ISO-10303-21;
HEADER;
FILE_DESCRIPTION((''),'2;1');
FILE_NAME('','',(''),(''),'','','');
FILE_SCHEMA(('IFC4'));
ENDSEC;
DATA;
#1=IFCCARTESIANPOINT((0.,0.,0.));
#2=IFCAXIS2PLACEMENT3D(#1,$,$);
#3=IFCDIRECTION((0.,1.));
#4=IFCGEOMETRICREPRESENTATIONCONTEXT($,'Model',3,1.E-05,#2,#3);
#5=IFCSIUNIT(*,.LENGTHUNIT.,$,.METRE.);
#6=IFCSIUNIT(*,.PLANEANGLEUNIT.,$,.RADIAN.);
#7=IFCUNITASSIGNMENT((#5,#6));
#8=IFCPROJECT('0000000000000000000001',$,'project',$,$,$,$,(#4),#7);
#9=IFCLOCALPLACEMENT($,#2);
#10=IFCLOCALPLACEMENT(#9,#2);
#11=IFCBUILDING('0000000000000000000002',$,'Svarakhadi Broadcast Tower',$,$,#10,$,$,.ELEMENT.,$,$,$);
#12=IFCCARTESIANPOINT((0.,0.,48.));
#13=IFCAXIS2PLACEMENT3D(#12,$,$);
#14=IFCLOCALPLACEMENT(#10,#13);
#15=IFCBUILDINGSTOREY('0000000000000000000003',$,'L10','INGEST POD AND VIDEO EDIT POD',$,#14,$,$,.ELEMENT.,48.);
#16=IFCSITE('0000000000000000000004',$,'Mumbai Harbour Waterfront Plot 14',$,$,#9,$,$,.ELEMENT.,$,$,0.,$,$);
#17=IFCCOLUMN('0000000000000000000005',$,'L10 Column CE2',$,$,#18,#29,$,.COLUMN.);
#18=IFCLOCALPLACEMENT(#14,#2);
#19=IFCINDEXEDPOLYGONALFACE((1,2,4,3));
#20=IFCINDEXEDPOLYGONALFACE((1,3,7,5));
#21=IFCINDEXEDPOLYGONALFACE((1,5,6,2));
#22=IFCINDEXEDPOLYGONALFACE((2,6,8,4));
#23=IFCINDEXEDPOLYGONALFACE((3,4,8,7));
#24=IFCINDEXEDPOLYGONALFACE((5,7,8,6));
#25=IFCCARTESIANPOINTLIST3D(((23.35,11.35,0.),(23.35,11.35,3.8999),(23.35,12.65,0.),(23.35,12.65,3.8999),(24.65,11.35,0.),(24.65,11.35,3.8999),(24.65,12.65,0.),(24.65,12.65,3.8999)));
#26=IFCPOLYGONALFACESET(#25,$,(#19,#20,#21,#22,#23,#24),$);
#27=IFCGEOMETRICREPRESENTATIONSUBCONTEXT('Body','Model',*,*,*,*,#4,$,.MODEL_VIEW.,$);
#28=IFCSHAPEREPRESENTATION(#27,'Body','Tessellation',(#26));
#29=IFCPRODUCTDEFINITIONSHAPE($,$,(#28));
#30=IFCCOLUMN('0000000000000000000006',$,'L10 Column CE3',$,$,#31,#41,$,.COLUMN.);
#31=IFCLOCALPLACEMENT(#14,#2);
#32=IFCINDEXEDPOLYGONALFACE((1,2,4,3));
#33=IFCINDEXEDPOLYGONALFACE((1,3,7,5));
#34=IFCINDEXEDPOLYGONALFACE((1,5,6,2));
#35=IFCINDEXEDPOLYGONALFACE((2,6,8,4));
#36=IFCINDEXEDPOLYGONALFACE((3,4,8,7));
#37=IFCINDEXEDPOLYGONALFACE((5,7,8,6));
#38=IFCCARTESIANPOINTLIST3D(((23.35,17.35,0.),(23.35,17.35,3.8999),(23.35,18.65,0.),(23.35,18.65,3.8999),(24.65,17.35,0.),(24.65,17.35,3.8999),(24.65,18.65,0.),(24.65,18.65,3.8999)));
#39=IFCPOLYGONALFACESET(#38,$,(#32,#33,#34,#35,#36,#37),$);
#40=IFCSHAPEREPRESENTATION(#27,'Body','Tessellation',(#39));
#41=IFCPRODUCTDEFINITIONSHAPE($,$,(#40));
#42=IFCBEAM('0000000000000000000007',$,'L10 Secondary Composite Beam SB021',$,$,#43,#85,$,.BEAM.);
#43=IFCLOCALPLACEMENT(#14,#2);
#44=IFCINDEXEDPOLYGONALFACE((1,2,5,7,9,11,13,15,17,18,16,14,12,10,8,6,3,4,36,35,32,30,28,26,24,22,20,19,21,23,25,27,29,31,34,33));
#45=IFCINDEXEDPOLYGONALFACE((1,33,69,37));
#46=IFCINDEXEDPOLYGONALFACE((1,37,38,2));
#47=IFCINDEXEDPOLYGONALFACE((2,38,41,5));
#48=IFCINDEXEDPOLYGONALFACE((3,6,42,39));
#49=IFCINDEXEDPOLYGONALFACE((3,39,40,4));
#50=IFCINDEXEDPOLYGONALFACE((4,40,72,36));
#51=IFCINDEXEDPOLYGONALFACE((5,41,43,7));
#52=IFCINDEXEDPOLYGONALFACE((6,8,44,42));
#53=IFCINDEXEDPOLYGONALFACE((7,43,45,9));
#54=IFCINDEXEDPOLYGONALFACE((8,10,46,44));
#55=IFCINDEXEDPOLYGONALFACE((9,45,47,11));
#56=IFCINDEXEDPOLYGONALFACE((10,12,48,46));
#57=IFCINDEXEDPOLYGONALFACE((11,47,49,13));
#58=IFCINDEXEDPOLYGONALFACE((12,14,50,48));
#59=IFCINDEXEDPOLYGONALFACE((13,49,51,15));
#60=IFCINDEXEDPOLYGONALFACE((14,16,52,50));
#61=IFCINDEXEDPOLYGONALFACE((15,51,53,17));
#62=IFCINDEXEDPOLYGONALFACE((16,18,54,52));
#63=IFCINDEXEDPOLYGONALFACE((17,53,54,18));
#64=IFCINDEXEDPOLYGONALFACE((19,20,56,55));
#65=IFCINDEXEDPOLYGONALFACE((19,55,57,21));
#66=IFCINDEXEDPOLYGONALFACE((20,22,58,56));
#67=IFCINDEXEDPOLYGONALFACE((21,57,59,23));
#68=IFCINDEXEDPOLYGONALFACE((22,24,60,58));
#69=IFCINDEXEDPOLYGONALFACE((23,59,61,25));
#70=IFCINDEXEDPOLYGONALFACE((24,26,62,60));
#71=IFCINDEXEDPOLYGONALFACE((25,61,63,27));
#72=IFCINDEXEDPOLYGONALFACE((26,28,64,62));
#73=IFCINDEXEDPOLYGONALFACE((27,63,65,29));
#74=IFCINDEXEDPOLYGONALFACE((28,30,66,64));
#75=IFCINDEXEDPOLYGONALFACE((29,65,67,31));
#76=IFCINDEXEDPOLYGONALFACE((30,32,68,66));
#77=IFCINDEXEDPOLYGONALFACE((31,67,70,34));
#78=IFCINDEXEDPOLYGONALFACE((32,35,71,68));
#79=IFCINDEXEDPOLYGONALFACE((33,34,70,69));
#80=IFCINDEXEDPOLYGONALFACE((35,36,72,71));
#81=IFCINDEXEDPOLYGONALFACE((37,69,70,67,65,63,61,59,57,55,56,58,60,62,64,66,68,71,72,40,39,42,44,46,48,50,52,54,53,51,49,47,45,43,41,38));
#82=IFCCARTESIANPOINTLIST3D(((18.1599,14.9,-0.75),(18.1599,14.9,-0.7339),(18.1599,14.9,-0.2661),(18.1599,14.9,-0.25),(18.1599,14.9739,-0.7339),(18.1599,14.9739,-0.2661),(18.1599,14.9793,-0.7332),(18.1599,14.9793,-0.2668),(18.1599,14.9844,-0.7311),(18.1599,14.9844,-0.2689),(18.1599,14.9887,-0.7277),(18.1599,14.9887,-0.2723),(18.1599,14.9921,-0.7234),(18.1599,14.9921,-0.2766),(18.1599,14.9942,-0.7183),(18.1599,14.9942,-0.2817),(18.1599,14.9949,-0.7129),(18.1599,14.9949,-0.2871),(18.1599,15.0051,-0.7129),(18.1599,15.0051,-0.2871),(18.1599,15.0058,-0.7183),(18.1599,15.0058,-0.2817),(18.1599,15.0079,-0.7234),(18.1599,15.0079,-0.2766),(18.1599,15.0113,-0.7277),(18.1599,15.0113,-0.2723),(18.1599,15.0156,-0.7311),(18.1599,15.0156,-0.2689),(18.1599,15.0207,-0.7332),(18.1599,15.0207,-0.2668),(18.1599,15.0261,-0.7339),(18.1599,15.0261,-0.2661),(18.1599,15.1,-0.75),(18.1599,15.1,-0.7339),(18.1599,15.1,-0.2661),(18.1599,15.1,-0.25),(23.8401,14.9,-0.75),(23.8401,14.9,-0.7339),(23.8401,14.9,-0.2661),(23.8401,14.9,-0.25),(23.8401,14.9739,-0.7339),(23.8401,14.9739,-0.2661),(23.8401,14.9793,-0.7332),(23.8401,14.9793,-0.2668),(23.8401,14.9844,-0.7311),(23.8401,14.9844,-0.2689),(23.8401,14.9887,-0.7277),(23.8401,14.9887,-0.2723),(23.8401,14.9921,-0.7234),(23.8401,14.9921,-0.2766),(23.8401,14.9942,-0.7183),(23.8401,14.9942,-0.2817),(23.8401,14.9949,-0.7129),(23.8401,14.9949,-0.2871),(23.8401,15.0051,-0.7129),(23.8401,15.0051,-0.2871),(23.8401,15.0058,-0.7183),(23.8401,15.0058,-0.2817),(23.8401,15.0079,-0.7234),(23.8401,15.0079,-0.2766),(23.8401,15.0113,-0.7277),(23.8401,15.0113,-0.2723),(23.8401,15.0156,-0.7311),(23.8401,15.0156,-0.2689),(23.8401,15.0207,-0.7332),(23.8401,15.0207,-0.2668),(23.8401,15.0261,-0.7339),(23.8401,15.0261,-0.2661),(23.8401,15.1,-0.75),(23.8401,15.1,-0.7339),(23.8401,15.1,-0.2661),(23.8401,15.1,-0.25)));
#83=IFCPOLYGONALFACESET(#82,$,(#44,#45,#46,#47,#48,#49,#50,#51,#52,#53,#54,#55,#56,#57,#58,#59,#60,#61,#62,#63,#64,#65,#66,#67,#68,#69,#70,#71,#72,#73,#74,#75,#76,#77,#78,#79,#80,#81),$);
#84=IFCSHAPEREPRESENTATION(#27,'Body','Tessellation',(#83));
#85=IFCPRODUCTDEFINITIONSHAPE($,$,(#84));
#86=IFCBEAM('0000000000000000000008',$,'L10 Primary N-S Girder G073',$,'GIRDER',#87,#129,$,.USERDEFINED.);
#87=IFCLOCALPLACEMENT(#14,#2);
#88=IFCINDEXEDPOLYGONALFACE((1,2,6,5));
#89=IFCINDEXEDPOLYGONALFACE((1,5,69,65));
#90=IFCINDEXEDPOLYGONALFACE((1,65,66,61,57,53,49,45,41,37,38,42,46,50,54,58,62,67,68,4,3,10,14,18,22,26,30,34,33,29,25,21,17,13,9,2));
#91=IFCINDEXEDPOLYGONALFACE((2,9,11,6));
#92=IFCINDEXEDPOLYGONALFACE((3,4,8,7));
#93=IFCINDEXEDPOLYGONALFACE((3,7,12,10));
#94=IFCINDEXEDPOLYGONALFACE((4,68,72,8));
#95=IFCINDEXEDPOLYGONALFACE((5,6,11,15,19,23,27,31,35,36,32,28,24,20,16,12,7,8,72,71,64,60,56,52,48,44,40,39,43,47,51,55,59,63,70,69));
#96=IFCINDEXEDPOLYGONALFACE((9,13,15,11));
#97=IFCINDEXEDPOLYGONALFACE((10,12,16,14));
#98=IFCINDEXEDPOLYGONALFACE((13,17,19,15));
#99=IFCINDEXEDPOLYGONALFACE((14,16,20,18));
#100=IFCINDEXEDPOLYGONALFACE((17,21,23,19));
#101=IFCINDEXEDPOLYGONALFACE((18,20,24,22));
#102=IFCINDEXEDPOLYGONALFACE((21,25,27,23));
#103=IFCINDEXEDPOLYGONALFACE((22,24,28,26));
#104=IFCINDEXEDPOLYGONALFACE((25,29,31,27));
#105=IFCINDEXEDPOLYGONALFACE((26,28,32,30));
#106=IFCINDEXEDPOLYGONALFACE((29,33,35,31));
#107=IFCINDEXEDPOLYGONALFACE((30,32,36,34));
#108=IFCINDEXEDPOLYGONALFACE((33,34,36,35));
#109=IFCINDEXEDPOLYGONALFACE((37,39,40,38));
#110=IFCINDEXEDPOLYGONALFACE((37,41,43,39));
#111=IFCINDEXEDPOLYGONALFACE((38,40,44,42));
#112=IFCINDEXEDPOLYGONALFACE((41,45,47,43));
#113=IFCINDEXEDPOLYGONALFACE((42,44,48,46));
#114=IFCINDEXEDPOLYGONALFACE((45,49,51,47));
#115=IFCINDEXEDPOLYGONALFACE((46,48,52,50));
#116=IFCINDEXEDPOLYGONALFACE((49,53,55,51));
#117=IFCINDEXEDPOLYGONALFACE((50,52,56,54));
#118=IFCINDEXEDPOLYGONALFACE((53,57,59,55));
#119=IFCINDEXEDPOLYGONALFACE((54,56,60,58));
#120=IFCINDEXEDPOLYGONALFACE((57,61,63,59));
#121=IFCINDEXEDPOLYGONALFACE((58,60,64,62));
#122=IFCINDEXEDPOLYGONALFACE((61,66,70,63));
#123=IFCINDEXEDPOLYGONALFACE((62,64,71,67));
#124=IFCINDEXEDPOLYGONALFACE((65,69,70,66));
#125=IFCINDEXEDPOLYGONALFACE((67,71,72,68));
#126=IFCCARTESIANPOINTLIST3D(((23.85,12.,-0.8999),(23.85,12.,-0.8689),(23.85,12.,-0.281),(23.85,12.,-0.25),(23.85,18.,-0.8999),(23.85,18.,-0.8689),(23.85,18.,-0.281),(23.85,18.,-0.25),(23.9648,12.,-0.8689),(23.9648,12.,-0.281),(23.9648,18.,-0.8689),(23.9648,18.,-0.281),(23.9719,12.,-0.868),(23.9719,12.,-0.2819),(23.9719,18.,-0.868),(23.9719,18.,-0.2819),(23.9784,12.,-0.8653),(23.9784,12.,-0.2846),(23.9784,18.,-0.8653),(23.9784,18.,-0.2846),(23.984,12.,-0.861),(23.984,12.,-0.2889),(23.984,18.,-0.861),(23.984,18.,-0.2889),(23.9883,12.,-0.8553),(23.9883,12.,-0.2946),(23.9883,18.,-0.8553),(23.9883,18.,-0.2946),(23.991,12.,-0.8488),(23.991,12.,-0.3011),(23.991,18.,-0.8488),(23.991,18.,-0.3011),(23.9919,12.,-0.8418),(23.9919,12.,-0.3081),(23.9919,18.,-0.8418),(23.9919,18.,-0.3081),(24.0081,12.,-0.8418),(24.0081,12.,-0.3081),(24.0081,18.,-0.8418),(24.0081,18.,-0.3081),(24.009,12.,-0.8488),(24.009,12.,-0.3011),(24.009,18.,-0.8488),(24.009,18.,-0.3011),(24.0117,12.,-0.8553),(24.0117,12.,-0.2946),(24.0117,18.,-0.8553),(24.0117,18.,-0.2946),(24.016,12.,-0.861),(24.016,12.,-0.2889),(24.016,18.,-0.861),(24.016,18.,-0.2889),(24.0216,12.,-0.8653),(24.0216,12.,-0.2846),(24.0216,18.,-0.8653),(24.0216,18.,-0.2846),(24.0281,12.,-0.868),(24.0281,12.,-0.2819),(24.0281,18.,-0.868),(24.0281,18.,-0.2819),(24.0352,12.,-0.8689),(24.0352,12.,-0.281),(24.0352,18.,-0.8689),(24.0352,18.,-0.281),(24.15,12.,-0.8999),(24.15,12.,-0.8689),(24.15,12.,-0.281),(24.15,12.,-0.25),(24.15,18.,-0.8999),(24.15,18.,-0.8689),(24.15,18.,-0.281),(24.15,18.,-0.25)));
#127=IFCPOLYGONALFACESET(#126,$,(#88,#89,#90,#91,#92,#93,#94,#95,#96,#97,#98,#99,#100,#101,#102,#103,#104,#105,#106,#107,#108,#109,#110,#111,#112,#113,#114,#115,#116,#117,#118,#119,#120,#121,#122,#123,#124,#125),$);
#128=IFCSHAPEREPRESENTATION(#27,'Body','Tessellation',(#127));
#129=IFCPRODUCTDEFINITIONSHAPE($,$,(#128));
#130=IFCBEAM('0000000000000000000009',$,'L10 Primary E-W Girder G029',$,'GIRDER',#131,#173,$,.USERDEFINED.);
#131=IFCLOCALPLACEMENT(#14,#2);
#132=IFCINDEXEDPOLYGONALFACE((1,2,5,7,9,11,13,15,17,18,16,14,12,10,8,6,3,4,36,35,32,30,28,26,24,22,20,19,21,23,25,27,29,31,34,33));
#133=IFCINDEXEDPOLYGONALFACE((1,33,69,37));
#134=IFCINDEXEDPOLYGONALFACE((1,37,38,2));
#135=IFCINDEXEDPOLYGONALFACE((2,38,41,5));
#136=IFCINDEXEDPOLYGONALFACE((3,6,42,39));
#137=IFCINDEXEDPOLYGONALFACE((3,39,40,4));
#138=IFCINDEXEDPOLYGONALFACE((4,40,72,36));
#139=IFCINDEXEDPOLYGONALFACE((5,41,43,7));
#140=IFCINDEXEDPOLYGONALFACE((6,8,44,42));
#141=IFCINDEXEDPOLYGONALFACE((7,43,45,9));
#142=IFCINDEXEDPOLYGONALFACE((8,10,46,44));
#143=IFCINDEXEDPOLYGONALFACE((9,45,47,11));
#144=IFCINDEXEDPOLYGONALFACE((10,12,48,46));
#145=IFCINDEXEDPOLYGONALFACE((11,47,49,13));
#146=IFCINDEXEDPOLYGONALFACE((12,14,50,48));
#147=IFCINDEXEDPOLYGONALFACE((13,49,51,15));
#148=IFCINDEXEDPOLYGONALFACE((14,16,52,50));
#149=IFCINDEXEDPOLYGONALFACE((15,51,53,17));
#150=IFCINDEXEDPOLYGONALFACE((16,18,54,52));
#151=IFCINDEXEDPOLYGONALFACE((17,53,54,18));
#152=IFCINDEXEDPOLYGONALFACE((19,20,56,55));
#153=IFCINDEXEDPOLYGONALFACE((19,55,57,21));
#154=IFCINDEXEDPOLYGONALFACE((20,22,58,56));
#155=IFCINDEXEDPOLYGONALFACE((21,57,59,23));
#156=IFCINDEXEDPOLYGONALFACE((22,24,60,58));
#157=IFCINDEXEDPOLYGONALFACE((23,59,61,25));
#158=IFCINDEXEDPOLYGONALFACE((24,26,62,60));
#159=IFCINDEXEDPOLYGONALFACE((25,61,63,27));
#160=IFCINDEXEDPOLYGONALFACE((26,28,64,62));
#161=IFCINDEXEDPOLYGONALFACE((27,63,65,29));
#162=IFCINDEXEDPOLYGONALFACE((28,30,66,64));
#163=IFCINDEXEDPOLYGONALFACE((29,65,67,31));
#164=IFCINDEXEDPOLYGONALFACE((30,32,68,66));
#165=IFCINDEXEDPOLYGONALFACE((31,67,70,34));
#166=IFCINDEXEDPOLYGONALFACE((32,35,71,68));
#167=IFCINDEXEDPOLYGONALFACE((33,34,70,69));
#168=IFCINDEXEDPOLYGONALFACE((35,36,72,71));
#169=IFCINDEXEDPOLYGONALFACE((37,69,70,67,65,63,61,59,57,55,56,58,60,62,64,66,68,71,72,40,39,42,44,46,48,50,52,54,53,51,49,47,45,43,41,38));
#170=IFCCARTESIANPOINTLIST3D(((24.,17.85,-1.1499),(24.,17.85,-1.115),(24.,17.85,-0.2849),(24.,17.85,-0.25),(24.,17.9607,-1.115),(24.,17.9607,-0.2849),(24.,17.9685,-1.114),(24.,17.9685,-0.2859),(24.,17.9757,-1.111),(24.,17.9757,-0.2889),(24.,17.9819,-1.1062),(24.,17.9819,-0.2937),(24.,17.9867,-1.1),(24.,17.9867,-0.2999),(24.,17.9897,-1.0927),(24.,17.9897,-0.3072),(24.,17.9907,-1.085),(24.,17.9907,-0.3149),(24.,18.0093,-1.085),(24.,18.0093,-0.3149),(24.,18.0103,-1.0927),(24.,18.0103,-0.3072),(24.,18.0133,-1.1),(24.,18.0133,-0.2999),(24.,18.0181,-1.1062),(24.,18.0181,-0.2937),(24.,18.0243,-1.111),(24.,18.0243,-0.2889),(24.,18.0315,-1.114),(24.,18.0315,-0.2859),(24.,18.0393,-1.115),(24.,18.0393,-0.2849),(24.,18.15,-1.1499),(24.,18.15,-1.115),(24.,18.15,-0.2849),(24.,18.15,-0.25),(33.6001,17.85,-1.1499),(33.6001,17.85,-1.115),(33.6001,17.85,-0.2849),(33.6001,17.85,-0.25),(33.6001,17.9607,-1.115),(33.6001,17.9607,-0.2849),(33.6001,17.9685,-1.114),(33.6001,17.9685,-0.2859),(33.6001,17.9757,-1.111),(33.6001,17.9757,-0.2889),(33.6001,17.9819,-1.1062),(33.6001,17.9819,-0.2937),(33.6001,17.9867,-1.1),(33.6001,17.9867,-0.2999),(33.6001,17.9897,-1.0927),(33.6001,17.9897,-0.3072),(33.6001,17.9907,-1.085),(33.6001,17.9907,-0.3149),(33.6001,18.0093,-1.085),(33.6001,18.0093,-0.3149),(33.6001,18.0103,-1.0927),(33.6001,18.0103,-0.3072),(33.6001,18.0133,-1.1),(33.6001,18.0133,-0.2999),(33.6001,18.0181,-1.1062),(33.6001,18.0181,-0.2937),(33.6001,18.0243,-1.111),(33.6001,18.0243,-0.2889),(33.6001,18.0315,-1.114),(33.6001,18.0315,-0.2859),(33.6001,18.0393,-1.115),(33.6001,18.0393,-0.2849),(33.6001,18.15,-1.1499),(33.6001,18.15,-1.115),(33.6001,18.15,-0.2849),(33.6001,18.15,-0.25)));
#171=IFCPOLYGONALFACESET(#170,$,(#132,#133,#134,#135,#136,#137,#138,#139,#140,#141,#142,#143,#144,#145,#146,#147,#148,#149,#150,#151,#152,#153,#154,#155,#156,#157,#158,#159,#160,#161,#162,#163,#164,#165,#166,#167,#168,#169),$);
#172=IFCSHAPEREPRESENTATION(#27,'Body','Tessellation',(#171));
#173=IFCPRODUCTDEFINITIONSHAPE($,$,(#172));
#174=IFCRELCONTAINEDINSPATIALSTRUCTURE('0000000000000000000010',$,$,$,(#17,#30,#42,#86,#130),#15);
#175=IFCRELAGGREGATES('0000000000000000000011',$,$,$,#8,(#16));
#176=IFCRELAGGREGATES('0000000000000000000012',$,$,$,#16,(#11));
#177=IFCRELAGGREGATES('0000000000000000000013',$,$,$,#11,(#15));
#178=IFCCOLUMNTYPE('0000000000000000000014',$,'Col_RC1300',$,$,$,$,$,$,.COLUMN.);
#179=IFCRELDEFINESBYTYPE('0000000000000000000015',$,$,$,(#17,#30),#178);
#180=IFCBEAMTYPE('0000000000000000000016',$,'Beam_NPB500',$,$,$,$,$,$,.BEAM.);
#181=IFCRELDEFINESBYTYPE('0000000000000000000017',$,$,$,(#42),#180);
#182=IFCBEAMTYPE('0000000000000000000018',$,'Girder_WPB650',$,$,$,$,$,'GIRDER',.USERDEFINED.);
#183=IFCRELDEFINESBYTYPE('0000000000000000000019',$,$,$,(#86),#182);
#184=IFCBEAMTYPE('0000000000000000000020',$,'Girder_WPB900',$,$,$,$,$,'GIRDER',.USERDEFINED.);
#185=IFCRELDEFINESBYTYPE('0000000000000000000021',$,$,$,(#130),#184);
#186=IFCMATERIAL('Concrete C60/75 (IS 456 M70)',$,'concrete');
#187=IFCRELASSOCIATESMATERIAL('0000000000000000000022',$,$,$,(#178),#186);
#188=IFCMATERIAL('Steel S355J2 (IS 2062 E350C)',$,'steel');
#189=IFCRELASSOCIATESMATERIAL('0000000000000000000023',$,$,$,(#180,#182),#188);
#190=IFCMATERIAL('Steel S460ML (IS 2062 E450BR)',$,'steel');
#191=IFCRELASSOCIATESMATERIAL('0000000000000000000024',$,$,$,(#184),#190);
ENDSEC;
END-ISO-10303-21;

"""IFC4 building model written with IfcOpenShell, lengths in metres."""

from ifc_helpers import new_model, si_unit, direction, frame, origin, origin_2d, place, context, subcontext, project, spatial, rectangle, i_section, extrude, material, material_profile, profile_set, type_object, element, save


model = new_model("IFC4")

# Units and contexts
model_context = context("Model", 3, precision=1e-05, world=origin(), true_north=direction((0.0, 1.0)))
body_context = subcontext(model_context, "Body", "Model", "MODEL_VIEW")
ifc_project = project(units=[si_unit("LENGTHUNIT", "METRE"), si_unit("PLANEANGLEUNIT", "RADIAN")], contexts=[model_context])

# Site, building, storey
site_placement = place(None, origin())
site = spatial("IfcSite", under=ifc_project, at=site_placement, Name="Mumbai Harbour Waterfront Plot 14", CompositionType="ELEMENT", RefElevation=0.0)
building_placement = place(site_placement, origin())
building = spatial("IfcBuilding", under=site, at=building_placement, Name="Svarakhadi Broadcast Tower", CompositionType="ELEMENT")
storey_placement = place(building_placement, frame((0.0, 0.0, 48.0)))
storey = spatial("IfcBuildingStorey", under=building, at=storey_placement, Name="L10", Description="INGEST POD AND VIDEO EDIT POD", CompositionType="ELEMENT", Elevation=48.0)

# Columns
ifc_material_1 = material(Name="Concrete C60/75 (IS 456 M70)", Category="concrete")
ifc_material_profile_1 = material_profile(ifc_material_1, rectangle(XDim=1.3, YDim=1.3, at=origin_2d()), Name="RC 1300x1300")
ifc_profile_set_1 = profile_set([ifc_material_profile_1], Name="Concrete C60/75 (IS 456 M70)")
column_type = type_object("IfcColumnType", Name="Col_RC1300", PredefinedType="COLUMN", material=ifc_profile_set_1)
for number, where, z_axis, x_axis, name in (
    (1, (24.0, 12.0, 0.0), (0.0, 0.0, 1.0), (1.0, 0.0, 0.0), "L10 Column CE2"),
    (2, (24.0, 18.0, 0.0), (0.0, 0.0, 1.0), (1.0, 0.0, 0.0), "L10 Column CE3"),
):
    element("IfcColumn", number, at=place(storey_placement, frame(where, z_axis=z_axis, x_axis=x_axis)), inside=storey, type_object=column_type, Name=name, PredefinedType="COLUMN", context=body_context, shape_type="SweptSolid", body=[
        extrude(rectangle(XDim=1.3, YDim=1.3, at=origin_2d()), origin(), (0.0, 0.0, 1.0), 3.8999),
    ])

# Beams
ifc_material_2 = material(Name="Steel S355J2 (IS 2062 E350C)", Category="steel")
ifc_material_profile_2 = material_profile(ifc_material_2, i_section(OverallWidth=0.2, OverallDepth=0.5, WebThickness=0.0103, FlangeThickness=0.0161, FilletRadius=0.021, at=origin_2d()), Name="NPB 500x200x91")
ifc_profile_set_2 = profile_set([ifc_material_profile_2], Name="Steel S355J2 (IS 2062 E350C)")
beam_type_1 = type_object("IfcBeamType", Name="Beam_NPB500", PredefinedType="BEAM", material=ifc_profile_set_2)
beam_1_placement = place(storey_placement, frame((18.1599, 15.0, -0.5), z_axis=(1.0, 0.0, 0.0), x_axis=(0.0, 1.0, 0.0)))
element("IfcBeam", 3, at=beam_1_placement, inside=storey, type_object=beam_type_1, Name="L10 Secondary Composite Beam SB021", PredefinedType="BEAM", context=body_context, shape_type="SweptSolid", body=[
    extrude(i_section(OverallWidth=0.2, OverallDepth=0.5, WebThickness=0.0103, FlangeThickness=0.0161, FilletRadius=0.021, at=origin_2d()), origin(), (0.0, 0.0, 1.0), 5.6802),
])
ifc_material_profile_3 = material_profile(ifc_material_2, i_section(OverallWidth=0.3, OverallDepth=0.6499, WebThickness=0.0161, FlangeThickness=0.031, FilletRadius=0.0271, at=origin_2d()), Name="WPB 650x300x225")
ifc_profile_set_3 = profile_set([ifc_material_profile_3], Name="Steel S355J2 (IS 2062 E350C)")
beam_type_2 = type_object("IfcBeamType", Name="Girder_WPB650", ElementType="GIRDER", PredefinedType="USERDEFINED", material=ifc_profile_set_3)
beam_2_placement = place(storey_placement, frame((24.0, 12.0, -0.575), z_axis=(0.0, 1.0, 0.0), x_axis=(-1.0, 0.0, 0.0)))
element("IfcBeam", 4, at=beam_2_placement, inside=storey, type_object=beam_type_2, Name="L10 Primary N-S Girder G073", ObjectType="GIRDER", PredefinedType="USERDEFINED", context=body_context, shape_type="SweptSolid", body=[
    extrude(i_section(OverallWidth=0.3, OverallDepth=0.6499, WebThickness=0.0161, FlangeThickness=0.031, FilletRadius=0.0271, at=origin_2d()), origin(), (0.0, 0.0, 1.0), 6.0),
])
ifc_material_3 = material(Name="Steel S460ML (IS 2062 E450BR)", Category="steel")
ifc_material_profile_4 = material_profile(ifc_material_3, i_section(OverallWidth=0.3, OverallDepth=0.8999, WebThickness=0.0186, FlangeThickness=0.0349, FilletRadius=0.03, at=origin_2d()), Name="WPB 900x300x291")
ifc_profile_set_4 = profile_set([ifc_material_profile_4], Name="Steel S460ML (IS 2062 E450BR)")
beam_type_3 = type_object("IfcBeamType", Name="Girder_WPB900", ElementType="GIRDER", PredefinedType="USERDEFINED", material=ifc_profile_set_4)
for number, where, z_axis, x_axis, name in (
    (5, (24.0, 18.0, -0.7), (1.0, 0.0, 0.0), (0.0, 1.0, 0.0), "L10 Primary E-W Girder G029"),
):
    element("IfcBeam", number, at=place(storey_placement, frame(where, z_axis=z_axis, x_axis=x_axis)), inside=storey, type_object=beam_type_3, Name=name, ObjectType="GIRDER", PredefinedType="USERDEFINED", context=body_context, shape_type="SweptSolid", body=[
        extrude(i_section(OverallWidth=0.3, OverallDepth=0.8999, WebThickness=0.0186, FlangeThickness=0.0349, FilletRadius=0.03, at=origin_2d()), origin(), (0.0, 0.0, 1.0), 9.6001),
    ])

save(model, "model.ifc")
